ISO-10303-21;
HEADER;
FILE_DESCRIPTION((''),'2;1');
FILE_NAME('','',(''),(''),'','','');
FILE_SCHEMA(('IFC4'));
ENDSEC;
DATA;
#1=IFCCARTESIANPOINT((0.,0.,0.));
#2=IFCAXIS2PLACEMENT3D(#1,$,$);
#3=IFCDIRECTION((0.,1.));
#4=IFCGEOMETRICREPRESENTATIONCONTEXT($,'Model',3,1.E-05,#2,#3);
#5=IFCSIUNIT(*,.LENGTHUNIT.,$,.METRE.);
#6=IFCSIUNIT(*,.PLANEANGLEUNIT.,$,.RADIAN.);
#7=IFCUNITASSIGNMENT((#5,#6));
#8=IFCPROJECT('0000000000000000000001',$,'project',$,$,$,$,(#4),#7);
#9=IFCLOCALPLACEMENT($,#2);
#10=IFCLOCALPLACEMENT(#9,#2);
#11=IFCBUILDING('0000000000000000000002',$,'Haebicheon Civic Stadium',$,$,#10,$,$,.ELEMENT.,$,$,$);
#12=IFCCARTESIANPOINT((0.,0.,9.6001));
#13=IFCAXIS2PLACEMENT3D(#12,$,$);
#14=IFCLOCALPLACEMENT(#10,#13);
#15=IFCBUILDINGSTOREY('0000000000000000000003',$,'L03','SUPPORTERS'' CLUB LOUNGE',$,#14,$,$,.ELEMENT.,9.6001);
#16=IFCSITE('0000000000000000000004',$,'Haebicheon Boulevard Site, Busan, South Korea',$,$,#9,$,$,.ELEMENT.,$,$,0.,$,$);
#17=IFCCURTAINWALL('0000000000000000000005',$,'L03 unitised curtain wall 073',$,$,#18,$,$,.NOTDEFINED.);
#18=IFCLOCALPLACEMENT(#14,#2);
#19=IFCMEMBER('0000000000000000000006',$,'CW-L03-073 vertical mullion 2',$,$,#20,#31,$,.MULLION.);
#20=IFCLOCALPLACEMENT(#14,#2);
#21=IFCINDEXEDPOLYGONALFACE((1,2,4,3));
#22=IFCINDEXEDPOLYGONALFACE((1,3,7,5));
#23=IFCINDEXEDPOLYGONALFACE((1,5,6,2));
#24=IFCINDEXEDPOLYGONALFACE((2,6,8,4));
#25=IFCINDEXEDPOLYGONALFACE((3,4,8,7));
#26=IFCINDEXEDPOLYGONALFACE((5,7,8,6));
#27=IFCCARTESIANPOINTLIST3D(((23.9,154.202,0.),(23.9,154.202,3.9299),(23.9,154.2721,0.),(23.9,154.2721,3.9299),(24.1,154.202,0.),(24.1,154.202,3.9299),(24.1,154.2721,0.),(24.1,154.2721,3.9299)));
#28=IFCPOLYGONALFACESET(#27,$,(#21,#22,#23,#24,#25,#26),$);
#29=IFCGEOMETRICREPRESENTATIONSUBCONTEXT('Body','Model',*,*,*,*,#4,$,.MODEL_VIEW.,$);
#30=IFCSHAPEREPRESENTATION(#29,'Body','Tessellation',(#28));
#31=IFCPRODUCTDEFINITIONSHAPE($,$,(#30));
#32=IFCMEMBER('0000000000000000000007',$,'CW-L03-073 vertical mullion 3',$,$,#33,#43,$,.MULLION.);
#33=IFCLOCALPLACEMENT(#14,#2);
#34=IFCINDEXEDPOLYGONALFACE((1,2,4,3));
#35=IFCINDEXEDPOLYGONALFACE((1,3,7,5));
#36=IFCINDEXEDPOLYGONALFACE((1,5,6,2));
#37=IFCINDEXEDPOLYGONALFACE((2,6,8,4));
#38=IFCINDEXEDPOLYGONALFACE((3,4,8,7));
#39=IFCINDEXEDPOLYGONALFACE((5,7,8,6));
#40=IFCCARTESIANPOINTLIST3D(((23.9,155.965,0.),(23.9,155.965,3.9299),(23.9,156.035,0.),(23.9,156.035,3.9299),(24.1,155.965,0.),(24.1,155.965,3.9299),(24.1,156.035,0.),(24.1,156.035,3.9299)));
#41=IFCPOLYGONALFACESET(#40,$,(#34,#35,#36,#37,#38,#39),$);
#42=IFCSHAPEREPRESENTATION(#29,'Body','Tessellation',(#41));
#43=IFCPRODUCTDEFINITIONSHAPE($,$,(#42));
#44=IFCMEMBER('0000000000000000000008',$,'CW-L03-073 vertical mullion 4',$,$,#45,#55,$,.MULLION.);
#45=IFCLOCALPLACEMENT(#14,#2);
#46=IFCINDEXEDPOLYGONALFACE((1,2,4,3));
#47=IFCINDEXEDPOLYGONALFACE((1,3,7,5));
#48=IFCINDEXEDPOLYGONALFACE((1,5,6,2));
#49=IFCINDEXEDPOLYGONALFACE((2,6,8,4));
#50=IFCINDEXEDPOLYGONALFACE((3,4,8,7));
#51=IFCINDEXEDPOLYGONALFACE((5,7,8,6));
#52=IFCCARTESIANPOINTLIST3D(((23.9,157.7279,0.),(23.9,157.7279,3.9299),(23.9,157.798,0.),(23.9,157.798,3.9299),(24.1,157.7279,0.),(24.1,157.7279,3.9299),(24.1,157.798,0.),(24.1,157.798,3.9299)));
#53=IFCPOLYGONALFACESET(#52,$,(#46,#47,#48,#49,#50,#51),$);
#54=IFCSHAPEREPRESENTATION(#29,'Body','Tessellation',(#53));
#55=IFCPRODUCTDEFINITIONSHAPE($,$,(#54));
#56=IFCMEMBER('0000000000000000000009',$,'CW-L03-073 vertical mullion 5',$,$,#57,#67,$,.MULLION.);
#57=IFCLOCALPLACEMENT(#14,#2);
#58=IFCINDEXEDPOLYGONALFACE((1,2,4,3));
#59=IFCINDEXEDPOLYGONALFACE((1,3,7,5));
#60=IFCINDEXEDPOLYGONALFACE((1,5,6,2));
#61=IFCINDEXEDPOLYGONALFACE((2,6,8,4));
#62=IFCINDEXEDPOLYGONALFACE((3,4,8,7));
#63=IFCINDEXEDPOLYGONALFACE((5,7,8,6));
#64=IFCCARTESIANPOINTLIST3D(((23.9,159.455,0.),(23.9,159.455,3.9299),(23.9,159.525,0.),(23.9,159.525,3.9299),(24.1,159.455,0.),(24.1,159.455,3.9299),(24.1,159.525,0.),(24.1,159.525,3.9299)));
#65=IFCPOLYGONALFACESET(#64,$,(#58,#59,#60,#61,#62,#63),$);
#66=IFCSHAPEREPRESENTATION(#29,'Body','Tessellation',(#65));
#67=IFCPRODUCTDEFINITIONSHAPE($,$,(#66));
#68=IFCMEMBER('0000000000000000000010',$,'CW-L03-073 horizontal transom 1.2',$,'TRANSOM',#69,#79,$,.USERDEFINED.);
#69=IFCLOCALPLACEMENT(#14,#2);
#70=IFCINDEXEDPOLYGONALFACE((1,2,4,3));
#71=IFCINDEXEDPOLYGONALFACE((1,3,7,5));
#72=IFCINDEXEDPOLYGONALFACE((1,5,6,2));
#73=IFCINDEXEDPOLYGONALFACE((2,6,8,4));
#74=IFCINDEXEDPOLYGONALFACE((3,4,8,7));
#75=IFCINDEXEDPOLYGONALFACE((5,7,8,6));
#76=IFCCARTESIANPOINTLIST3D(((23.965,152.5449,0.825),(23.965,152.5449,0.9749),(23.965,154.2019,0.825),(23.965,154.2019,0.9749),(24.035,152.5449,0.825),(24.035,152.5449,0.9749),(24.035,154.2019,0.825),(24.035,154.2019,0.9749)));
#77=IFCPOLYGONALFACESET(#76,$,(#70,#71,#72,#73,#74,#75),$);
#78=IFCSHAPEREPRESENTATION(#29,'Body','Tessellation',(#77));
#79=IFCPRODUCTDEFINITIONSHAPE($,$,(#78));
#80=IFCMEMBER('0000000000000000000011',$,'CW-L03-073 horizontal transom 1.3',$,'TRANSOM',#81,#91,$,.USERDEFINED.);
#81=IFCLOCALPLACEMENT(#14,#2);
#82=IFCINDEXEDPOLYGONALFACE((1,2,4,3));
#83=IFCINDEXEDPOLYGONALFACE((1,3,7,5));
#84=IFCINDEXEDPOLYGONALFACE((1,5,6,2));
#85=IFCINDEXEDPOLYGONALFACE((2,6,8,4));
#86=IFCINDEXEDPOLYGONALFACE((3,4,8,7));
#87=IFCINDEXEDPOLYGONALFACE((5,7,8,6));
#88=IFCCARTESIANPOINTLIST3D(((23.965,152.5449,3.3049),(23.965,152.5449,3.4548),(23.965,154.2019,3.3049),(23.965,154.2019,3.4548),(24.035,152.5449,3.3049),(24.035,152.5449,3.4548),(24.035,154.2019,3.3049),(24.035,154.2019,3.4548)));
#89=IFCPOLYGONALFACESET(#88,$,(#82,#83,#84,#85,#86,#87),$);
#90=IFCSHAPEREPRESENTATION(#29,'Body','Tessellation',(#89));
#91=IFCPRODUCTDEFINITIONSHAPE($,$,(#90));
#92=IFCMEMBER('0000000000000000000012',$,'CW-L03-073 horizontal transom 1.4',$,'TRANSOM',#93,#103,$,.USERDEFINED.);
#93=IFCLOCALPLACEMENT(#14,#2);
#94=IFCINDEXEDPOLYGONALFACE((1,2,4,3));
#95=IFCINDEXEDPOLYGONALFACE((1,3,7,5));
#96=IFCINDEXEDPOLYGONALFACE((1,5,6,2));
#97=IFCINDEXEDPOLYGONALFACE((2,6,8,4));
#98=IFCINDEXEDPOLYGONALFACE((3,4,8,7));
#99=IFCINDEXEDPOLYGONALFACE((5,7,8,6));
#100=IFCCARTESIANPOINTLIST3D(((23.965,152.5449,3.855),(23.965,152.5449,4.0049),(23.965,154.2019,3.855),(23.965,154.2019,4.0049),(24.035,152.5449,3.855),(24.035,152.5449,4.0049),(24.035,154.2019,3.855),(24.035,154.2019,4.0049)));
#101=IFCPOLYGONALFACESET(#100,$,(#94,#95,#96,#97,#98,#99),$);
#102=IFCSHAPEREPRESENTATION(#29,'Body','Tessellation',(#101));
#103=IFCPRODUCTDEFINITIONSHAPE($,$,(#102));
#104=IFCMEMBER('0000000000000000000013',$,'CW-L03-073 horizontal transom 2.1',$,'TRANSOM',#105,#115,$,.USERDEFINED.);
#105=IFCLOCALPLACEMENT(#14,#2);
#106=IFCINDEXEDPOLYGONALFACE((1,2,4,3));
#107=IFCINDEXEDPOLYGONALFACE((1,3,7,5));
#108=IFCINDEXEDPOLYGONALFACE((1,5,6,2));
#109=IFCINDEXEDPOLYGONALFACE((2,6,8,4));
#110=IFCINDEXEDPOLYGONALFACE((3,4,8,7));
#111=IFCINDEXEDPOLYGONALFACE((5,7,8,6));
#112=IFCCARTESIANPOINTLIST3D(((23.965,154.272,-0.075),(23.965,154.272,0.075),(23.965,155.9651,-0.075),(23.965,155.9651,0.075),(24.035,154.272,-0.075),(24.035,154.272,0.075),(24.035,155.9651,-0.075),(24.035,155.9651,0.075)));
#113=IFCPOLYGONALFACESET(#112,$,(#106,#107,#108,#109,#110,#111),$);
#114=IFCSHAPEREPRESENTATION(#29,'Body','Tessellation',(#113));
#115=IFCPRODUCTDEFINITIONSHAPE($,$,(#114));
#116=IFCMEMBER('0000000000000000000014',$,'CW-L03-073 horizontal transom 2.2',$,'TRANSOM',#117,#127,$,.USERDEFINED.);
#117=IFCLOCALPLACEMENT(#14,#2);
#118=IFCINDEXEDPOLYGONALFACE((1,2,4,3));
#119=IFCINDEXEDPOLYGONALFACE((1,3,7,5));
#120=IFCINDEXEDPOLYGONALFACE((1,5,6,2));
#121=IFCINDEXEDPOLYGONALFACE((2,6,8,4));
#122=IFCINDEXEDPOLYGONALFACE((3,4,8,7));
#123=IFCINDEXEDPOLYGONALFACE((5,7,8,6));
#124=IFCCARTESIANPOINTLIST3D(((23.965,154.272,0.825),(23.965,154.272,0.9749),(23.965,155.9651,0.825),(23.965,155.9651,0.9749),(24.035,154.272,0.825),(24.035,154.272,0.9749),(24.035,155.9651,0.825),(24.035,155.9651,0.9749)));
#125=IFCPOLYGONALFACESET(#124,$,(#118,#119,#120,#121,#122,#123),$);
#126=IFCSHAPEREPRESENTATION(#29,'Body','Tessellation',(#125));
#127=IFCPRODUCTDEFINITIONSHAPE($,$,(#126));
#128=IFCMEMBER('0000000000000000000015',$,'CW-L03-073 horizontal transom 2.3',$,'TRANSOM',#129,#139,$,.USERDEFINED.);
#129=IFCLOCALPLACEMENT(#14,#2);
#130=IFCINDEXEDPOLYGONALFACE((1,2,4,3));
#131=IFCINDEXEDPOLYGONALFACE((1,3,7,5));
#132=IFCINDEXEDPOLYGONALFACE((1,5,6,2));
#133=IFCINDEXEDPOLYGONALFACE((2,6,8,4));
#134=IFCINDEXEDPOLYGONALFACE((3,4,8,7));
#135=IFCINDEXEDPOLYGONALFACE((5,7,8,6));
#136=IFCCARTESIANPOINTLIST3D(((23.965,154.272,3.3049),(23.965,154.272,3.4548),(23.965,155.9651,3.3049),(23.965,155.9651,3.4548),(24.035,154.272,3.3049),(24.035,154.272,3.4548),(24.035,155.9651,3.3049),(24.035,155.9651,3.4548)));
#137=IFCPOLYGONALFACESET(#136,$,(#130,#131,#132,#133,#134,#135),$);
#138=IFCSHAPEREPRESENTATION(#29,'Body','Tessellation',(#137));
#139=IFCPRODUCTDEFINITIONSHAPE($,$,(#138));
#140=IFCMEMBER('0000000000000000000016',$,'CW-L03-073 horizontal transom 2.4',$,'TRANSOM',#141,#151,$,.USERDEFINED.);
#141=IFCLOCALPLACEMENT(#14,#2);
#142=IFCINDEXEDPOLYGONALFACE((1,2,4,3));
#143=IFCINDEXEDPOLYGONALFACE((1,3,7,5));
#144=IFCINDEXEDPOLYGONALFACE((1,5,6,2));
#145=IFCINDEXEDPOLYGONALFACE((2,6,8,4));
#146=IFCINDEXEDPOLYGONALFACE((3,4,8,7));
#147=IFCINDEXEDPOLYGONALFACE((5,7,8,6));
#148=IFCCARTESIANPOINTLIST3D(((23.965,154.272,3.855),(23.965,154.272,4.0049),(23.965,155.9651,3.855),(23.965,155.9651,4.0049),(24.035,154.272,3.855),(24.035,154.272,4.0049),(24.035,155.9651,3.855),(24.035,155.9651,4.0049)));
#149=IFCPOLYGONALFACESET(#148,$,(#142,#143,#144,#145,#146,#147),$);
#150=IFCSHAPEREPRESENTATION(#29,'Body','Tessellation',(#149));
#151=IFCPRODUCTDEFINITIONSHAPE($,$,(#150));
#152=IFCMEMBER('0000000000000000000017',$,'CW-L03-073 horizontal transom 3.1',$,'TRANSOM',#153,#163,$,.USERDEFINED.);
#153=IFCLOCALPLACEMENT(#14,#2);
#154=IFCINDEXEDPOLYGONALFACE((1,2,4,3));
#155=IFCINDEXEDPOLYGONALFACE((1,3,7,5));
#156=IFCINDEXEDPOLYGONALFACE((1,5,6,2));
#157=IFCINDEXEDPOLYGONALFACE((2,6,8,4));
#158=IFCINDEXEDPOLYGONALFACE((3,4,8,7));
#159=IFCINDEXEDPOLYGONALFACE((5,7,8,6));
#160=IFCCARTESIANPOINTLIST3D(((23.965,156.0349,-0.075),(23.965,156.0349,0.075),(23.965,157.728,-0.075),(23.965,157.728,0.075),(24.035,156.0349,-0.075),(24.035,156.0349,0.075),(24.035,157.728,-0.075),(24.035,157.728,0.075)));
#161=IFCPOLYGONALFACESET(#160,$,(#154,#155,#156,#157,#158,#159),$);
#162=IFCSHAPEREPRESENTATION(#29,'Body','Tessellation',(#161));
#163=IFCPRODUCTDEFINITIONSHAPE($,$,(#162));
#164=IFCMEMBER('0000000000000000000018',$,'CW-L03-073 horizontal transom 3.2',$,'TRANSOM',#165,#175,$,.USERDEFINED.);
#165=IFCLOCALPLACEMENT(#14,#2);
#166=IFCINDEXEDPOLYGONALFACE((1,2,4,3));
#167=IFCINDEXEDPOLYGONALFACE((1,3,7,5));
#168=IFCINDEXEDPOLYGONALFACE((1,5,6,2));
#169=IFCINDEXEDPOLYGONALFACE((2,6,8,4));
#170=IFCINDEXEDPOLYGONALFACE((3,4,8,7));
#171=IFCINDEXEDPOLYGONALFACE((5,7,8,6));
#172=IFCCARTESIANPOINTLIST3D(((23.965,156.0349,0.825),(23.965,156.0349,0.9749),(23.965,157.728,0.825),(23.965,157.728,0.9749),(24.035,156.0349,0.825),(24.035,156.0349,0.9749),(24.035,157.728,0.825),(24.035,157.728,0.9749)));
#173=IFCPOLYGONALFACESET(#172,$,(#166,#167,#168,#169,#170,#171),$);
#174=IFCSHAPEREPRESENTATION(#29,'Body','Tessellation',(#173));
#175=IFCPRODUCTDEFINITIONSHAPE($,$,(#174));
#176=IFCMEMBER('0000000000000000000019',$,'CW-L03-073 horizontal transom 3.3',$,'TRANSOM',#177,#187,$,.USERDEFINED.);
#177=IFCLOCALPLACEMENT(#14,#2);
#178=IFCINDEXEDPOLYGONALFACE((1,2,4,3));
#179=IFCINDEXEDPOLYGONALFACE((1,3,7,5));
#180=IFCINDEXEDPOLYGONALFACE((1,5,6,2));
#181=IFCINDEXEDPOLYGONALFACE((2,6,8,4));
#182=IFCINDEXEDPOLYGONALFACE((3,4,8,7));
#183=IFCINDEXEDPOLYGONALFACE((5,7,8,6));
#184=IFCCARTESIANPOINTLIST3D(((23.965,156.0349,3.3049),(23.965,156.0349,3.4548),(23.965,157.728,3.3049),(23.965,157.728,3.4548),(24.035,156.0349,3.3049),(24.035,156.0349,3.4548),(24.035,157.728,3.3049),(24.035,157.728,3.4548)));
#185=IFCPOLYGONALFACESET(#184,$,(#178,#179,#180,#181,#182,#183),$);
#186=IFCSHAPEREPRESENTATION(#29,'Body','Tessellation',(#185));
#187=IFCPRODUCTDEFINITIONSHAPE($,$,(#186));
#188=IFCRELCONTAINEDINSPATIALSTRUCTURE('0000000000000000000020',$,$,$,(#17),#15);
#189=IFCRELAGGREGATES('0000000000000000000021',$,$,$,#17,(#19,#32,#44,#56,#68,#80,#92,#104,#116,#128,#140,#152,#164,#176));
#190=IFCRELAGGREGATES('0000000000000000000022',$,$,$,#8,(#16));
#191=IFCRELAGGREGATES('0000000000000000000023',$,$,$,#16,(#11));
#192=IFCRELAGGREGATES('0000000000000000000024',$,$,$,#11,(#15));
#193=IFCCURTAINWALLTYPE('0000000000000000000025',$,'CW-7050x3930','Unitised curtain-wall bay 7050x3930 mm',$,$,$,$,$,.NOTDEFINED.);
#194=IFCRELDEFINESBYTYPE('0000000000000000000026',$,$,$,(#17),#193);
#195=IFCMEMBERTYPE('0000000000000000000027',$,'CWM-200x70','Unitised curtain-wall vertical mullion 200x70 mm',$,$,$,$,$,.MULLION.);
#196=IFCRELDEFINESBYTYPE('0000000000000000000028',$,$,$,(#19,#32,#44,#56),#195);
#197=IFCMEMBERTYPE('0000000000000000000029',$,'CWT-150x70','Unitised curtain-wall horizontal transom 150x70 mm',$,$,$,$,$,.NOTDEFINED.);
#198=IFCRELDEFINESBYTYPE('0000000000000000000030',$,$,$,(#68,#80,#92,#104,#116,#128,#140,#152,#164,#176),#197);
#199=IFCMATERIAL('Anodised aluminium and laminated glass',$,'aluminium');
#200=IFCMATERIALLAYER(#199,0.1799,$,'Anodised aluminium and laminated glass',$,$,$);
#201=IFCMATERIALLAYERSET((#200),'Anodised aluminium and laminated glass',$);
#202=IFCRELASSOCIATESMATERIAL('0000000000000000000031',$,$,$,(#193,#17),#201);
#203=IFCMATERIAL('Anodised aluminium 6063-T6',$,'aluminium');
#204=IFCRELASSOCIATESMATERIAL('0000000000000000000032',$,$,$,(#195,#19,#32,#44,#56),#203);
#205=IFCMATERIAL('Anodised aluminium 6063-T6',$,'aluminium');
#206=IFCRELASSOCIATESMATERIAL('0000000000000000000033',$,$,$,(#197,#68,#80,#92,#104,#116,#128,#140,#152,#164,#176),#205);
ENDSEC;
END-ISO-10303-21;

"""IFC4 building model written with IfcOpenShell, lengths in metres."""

from ifc_helpers import new_model, si_unit, direction, frame, origin, origin_2d, place, context, subcontext, project, spatial, rectangle, extrude, material, layer, layer_set, material_profile, profile_set, type_object, element, aggregate, save


model = new_model("IFC4")

# Units and contexts
model_context = context("Model", 3, precision=1e-05, world=origin(), true_north=direction((0.0, 1.0)))
body_context = subcontext(model_context, "Body", "Model", "MODEL_VIEW")
ifc_project = project(units=[si_unit("LENGTHUNIT", "METRE"), si_unit("PLANEANGLEUNIT", "RADIAN")], contexts=[model_context])

# Site, building, storey
site_placement = place(None, origin())
site = spatial("IfcSite", under=ifc_project, at=site_placement, Name="Haebicheon Boulevard Site, Busan, South Korea", CompositionType="ELEMENT", RefElevation=0.0)
building_placement = place(site_placement, origin())
building = spatial("IfcBuilding", under=site, at=building_placement, Name="Haebicheon Civic Stadium", CompositionType="ELEMENT")
storey_placement = place(building_placement, frame((0.0, 0.0, 9.6001)))
storey = spatial("IfcBuildingStorey", under=building, at=storey_placement, Name="L03", Description="SUPPORTERS' CLUB LOUNGE", CompositionType="ELEMENT", Elevation=9.6001)

# Curtain wall, members
ifc_material_1 = material(Name="Anodised aluminium and laminated glass", Category="aluminium")
ifc_layer_1 = layer(ifc_material_1, 0.1799, Name="Anodised aluminium and laminated glass")
ifc_layer_set_1 = layer_set([ifc_layer_1], Name="Anodised aluminium and laminated glass")
curtain_wall_type = type_object("IfcCurtainWallType", Name="CW-7050x3930", Description="Unitised curtain-wall bay 7050x3930 mm", PredefinedType="NOTDEFINED", material=ifc_layer_set_1)
curtain_wall_placement = place(storey_placement, origin())
curtain_wall = element("IfcCurtainWall", 1, at=curtain_wall_placement, inside=storey, type_object=curtain_wall_type, material=ifc_layer_set_1, Name="L03 unitised curtain wall 073", PredefinedType="NOTDEFINED")
ifc_material_2 = material(Name="Anodised aluminium 6063-T6", Category="aluminium")
ifc_material_profile_1 = material_profile(ifc_material_2, rectangle(XDim=0.0701, YDim=0.2, at=origin_2d()), Name="ALU-MULL-70x200")
ifc_profile_set_1 = profile_set([ifc_material_profile_1], Name="Anodised aluminium 6063-T6")
member_type_1 = type_object("IfcMemberType", Name="CWM-200x70", Description="Unitised curtain-wall vertical mullion 200x70 mm", PredefinedType="MULLION", material=ifc_profile_set_1)
member_1_placement = place(storey_placement, frame((24.0, 154.2371, 0.0), z_axis=(0.0, 0.0, 1.0), x_axis=(0.0, 1.0, 0.0)))
member_1 = element("IfcMember", 2, at=member_1_placement, type_object=member_type_1, material=ifc_profile_set_1, Name="CW-L03-073 vertical mullion 2", PredefinedType="MULLION", context=body_context, shape_type="SweptSolid", body=[
    extrude(rectangle(XDim=0.0701, YDim=0.2, at=origin_2d()), origin(), (0.0, 0.0, 1.0), 3.9299),
])
member_2_placement = place(storey_placement, frame((24.0, 156.0, 0.0), z_axis=(0.0, 0.0, 1.0), x_axis=(0.0, 1.0, 0.0)))
member_2 = element("IfcMember", 3, at=member_2_placement, type_object=member_type_1, material=ifc_profile_set_1, Name="CW-L03-073 vertical mullion 3", PredefinedType="MULLION", context=body_context, shape_type="SweptSolid", body=[
    extrude(rectangle(XDim=0.0701, YDim=0.2, at=origin_2d()), origin(), (0.0, 0.0, 1.0), 3.9299),
])
member_3_placement = place(storey_placement, frame((24.0, 157.7629, 0.0), z_axis=(0.0, 0.0, 1.0), x_axis=(0.0, 1.0, 0.0)))
member_3 = element("IfcMember", 4, at=member_3_placement, type_object=member_type_1, material=ifc_profile_set_1, Name="CW-L03-073 vertical mullion 4", PredefinedType="MULLION", context=body_context, shape_type="SweptSolid", body=[
    extrude(rectangle(XDim=0.0701, YDim=0.2, at=origin_2d()), origin(), (0.0, 0.0, 1.0), 3.9299),
])
member_4_placement = place(storey_placement, frame((24.0, 159.49, 0.0), z_axis=(0.0, 0.0, 1.0), x_axis=(0.0, 1.0, 0.0)))
member_4 = element("IfcMember", 5, at=member_4_placement, type_object=member_type_1, material=ifc_profile_set_1, Name="CW-L03-073 vertical mullion 5", PredefinedType="MULLION", context=body_context, shape_type="SweptSolid", body=[
    extrude(rectangle(XDim=0.0701, YDim=0.2, at=origin_2d()), origin(), (0.0, 0.0, 1.0), 3.9299),
])
ifc_material_3 = material(Name="Anodised aluminium 6063-T6", Category="aluminium")
ifc_material_profile_2 = material_profile(ifc_material_3, rectangle(XDim=0.0701, YDim=0.1499, at=origin_2d()), Name="ALU-TRAN-70x150")
ifc_profile_set_2 = profile_set([ifc_material_profile_2], Name="Anodised aluminium 6063-T6")
member_type_2 = type_object("IfcMemberType", Name="CWT-150x70", Description="Unitised curtain-wall horizontal transom 150x70 mm", PredefinedType="NOTDEFINED", material=ifc_profile_set_2)
member_5_placement = place(storey_placement, frame((24.0, 152.5449, 0.8999), z_axis=(0.0, 1.0, 0.0), x_axis=(-1.0, 0.0, 0.0)))
member_5 = element("IfcMember", 6, at=member_5_placement, type_object=member_type_2, material=ifc_profile_set_2, Name="CW-L03-073 horizontal transom 1.2", ObjectType="TRANSOM", PredefinedType="USERDEFINED", context=body_context, shape_type="SweptSolid", body=[
    extrude(rectangle(XDim=0.0701, YDim=0.1499, at=origin_2d()), origin(), (0.0, 0.0, 1.0), 1.657),
])
member_6_placement = place(storey_placement, frame((24.0, 152.5449, 3.3799), z_axis=(0.0, 1.0, 0.0), x_axis=(-1.0, 0.0, 0.0)))
member_6 = element("IfcMember", 7, at=member_6_placement, type_object=member_type_2, material=ifc_profile_set_2, Name="CW-L03-073 horizontal transom 1.3", ObjectType="TRANSOM", PredefinedType="USERDEFINED", context=body_context, shape_type="SweptSolid", body=[
    extrude(rectangle(XDim=0.0701, YDim=0.1499, at=origin_2d()), origin(), (0.0, 0.0, 1.0), 1.657),
])
member_7_placement = place(storey_placement, frame((24.0, 152.5449, 3.9299), z_axis=(0.0, 1.0, 0.0), x_axis=(-1.0, 0.0, 0.0)))
member_7 = element("IfcMember", 8, at=member_7_placement, type_object=member_type_2, material=ifc_profile_set_2, Name="CW-L03-073 horizontal transom 1.4", ObjectType="TRANSOM", PredefinedType="USERDEFINED", context=body_context, shape_type="SweptSolid", body=[
    extrude(rectangle(XDim=0.0701, YDim=0.1499, at=origin_2d()), origin(), (0.0, 0.0, 1.0), 1.657),
])
member_8_placement = place(storey_placement, frame((24.0, 154.272, 0.0), z_axis=(0.0, 1.0, 0.0), x_axis=(-1.0, 0.0, 0.0)))
member_8 = element("IfcMember", 9, at=member_8_placement, type_object=member_type_2, material=ifc_profile_set_2, Name="CW-L03-073 horizontal transom 2.1", ObjectType="TRANSOM", PredefinedType="USERDEFINED", context=body_context, shape_type="SweptSolid", body=[
    extrude(rectangle(XDim=0.0701, YDim=0.1499, at=origin_2d()), origin(), (0.0, 0.0, 1.0), 1.6931),
])
member_9_placement = place(storey_placement, frame((24.0, 154.272, 0.8999), z_axis=(0.0, 1.0, 0.0), x_axis=(-1.0, 0.0, 0.0)))
member_9 = element("IfcMember", 10, at=member_9_placement, type_object=member_type_2, material=ifc_profile_set_2, Name="CW-L03-073 horizontal transom 2.2", ObjectType="TRANSOM", PredefinedType="USERDEFINED", context=body_context, shape_type="SweptSolid", body=[
    extrude(rectangle(XDim=0.0701, YDim=0.1499, at=origin_2d()), origin(), (0.0, 0.0, 1.0), 1.6931),
])
member_10_placement = place(storey_placement, frame((24.0, 154.272, 3.3799), z_axis=(0.0, 1.0, 0.0), x_axis=(-1.0, 0.0, 0.0)))
member_10 = element("IfcMember", 11, at=member_10_placement, type_object=member_type_2, material=ifc_profile_set_2, Name="CW-L03-073 horizontal transom 2.3", ObjectType="TRANSOM", PredefinedType="USERDEFINED", context=body_context, shape_type="SweptSolid", body=[
    extrude(rectangle(XDim=0.0701, YDim=0.1499, at=origin_2d()), origin(), (0.0, 0.0, 1.0), 1.6931),
])
member_11_placement = place(storey_placement, frame((24.0, 154.272, 3.9299), z_axis=(0.0, 1.0, 0.0), x_axis=(-1.0, 0.0, 0.0)))
member_11 = element("IfcMember", 12, at=member_11_placement, type_object=member_type_2, material=ifc_profile_set_2, Name="CW-L03-073 horizontal transom 2.4", ObjectType="TRANSOM", PredefinedType="USERDEFINED", context=body_context, shape_type="SweptSolid", body=[
    extrude(rectangle(XDim=0.0701, YDim=0.1499, at=origin_2d()), origin(), (0.0, 0.0, 1.0), 1.6931),
])
member_12_placement = place(storey_placement, frame((24.0, 156.0349, 0.0), z_axis=(0.0, 1.0, 0.0), x_axis=(-1.0, 0.0, 0.0)))
member_12 = element("IfcMember", 13, at=member_12_placement, type_object=member_type_2, material=ifc_profile_set_2, Name="CW-L03-073 horizontal transom 3.1", ObjectType="TRANSOM", PredefinedType="USERDEFINED", context=body_context, shape_type="SweptSolid", body=[
    extrude(rectangle(XDim=0.0701, YDim=0.1499, at=origin_2d()), origin(), (0.0, 0.0, 1.0), 1.6931),
])
member_13_placement = place(storey_placement, frame((24.0, 156.0349, 0.8999), z_axis=(0.0, 1.0, 0.0), x_axis=(-1.0, 0.0, 0.0)))
member_13 = element("IfcMember", 14, at=member_13_placement, type_object=member_type_2, material=ifc_profile_set_2, Name="CW-L03-073 horizontal transom 3.2", ObjectType="TRANSOM", PredefinedType="USERDEFINED", context=body_context, shape_type="SweptSolid", body=[
    extrude(rectangle(XDim=0.0701, YDim=0.1499, at=origin_2d()), origin(), (0.0, 0.0, 1.0), 1.6931),
])
member_14_placement = place(storey_placement, frame((24.0, 156.0349, 3.3799), z_axis=(0.0, 1.0, 0.0), x_axis=(-1.0, 0.0, 0.0)))
member_14 = element("IfcMember", 15, at=member_14_placement, type_object=member_type_2, material=ifc_profile_set_2, Name="CW-L03-073 horizontal transom 3.3", ObjectType="TRANSOM", PredefinedType="USERDEFINED", context=body_context, shape_type="SweptSolid", body=[
    extrude(rectangle(XDim=0.0701, YDim=0.1499, at=origin_2d()), origin(), (0.0, 0.0, 1.0), 1.6931),
])
aggregate(curtain_wall, [member_1, member_2, member_3, member_4, member_5, member_6, member_7, member_8, member_9, member_10, member_11, member_12, member_13, member_14])

save(model, "model.ifc")
